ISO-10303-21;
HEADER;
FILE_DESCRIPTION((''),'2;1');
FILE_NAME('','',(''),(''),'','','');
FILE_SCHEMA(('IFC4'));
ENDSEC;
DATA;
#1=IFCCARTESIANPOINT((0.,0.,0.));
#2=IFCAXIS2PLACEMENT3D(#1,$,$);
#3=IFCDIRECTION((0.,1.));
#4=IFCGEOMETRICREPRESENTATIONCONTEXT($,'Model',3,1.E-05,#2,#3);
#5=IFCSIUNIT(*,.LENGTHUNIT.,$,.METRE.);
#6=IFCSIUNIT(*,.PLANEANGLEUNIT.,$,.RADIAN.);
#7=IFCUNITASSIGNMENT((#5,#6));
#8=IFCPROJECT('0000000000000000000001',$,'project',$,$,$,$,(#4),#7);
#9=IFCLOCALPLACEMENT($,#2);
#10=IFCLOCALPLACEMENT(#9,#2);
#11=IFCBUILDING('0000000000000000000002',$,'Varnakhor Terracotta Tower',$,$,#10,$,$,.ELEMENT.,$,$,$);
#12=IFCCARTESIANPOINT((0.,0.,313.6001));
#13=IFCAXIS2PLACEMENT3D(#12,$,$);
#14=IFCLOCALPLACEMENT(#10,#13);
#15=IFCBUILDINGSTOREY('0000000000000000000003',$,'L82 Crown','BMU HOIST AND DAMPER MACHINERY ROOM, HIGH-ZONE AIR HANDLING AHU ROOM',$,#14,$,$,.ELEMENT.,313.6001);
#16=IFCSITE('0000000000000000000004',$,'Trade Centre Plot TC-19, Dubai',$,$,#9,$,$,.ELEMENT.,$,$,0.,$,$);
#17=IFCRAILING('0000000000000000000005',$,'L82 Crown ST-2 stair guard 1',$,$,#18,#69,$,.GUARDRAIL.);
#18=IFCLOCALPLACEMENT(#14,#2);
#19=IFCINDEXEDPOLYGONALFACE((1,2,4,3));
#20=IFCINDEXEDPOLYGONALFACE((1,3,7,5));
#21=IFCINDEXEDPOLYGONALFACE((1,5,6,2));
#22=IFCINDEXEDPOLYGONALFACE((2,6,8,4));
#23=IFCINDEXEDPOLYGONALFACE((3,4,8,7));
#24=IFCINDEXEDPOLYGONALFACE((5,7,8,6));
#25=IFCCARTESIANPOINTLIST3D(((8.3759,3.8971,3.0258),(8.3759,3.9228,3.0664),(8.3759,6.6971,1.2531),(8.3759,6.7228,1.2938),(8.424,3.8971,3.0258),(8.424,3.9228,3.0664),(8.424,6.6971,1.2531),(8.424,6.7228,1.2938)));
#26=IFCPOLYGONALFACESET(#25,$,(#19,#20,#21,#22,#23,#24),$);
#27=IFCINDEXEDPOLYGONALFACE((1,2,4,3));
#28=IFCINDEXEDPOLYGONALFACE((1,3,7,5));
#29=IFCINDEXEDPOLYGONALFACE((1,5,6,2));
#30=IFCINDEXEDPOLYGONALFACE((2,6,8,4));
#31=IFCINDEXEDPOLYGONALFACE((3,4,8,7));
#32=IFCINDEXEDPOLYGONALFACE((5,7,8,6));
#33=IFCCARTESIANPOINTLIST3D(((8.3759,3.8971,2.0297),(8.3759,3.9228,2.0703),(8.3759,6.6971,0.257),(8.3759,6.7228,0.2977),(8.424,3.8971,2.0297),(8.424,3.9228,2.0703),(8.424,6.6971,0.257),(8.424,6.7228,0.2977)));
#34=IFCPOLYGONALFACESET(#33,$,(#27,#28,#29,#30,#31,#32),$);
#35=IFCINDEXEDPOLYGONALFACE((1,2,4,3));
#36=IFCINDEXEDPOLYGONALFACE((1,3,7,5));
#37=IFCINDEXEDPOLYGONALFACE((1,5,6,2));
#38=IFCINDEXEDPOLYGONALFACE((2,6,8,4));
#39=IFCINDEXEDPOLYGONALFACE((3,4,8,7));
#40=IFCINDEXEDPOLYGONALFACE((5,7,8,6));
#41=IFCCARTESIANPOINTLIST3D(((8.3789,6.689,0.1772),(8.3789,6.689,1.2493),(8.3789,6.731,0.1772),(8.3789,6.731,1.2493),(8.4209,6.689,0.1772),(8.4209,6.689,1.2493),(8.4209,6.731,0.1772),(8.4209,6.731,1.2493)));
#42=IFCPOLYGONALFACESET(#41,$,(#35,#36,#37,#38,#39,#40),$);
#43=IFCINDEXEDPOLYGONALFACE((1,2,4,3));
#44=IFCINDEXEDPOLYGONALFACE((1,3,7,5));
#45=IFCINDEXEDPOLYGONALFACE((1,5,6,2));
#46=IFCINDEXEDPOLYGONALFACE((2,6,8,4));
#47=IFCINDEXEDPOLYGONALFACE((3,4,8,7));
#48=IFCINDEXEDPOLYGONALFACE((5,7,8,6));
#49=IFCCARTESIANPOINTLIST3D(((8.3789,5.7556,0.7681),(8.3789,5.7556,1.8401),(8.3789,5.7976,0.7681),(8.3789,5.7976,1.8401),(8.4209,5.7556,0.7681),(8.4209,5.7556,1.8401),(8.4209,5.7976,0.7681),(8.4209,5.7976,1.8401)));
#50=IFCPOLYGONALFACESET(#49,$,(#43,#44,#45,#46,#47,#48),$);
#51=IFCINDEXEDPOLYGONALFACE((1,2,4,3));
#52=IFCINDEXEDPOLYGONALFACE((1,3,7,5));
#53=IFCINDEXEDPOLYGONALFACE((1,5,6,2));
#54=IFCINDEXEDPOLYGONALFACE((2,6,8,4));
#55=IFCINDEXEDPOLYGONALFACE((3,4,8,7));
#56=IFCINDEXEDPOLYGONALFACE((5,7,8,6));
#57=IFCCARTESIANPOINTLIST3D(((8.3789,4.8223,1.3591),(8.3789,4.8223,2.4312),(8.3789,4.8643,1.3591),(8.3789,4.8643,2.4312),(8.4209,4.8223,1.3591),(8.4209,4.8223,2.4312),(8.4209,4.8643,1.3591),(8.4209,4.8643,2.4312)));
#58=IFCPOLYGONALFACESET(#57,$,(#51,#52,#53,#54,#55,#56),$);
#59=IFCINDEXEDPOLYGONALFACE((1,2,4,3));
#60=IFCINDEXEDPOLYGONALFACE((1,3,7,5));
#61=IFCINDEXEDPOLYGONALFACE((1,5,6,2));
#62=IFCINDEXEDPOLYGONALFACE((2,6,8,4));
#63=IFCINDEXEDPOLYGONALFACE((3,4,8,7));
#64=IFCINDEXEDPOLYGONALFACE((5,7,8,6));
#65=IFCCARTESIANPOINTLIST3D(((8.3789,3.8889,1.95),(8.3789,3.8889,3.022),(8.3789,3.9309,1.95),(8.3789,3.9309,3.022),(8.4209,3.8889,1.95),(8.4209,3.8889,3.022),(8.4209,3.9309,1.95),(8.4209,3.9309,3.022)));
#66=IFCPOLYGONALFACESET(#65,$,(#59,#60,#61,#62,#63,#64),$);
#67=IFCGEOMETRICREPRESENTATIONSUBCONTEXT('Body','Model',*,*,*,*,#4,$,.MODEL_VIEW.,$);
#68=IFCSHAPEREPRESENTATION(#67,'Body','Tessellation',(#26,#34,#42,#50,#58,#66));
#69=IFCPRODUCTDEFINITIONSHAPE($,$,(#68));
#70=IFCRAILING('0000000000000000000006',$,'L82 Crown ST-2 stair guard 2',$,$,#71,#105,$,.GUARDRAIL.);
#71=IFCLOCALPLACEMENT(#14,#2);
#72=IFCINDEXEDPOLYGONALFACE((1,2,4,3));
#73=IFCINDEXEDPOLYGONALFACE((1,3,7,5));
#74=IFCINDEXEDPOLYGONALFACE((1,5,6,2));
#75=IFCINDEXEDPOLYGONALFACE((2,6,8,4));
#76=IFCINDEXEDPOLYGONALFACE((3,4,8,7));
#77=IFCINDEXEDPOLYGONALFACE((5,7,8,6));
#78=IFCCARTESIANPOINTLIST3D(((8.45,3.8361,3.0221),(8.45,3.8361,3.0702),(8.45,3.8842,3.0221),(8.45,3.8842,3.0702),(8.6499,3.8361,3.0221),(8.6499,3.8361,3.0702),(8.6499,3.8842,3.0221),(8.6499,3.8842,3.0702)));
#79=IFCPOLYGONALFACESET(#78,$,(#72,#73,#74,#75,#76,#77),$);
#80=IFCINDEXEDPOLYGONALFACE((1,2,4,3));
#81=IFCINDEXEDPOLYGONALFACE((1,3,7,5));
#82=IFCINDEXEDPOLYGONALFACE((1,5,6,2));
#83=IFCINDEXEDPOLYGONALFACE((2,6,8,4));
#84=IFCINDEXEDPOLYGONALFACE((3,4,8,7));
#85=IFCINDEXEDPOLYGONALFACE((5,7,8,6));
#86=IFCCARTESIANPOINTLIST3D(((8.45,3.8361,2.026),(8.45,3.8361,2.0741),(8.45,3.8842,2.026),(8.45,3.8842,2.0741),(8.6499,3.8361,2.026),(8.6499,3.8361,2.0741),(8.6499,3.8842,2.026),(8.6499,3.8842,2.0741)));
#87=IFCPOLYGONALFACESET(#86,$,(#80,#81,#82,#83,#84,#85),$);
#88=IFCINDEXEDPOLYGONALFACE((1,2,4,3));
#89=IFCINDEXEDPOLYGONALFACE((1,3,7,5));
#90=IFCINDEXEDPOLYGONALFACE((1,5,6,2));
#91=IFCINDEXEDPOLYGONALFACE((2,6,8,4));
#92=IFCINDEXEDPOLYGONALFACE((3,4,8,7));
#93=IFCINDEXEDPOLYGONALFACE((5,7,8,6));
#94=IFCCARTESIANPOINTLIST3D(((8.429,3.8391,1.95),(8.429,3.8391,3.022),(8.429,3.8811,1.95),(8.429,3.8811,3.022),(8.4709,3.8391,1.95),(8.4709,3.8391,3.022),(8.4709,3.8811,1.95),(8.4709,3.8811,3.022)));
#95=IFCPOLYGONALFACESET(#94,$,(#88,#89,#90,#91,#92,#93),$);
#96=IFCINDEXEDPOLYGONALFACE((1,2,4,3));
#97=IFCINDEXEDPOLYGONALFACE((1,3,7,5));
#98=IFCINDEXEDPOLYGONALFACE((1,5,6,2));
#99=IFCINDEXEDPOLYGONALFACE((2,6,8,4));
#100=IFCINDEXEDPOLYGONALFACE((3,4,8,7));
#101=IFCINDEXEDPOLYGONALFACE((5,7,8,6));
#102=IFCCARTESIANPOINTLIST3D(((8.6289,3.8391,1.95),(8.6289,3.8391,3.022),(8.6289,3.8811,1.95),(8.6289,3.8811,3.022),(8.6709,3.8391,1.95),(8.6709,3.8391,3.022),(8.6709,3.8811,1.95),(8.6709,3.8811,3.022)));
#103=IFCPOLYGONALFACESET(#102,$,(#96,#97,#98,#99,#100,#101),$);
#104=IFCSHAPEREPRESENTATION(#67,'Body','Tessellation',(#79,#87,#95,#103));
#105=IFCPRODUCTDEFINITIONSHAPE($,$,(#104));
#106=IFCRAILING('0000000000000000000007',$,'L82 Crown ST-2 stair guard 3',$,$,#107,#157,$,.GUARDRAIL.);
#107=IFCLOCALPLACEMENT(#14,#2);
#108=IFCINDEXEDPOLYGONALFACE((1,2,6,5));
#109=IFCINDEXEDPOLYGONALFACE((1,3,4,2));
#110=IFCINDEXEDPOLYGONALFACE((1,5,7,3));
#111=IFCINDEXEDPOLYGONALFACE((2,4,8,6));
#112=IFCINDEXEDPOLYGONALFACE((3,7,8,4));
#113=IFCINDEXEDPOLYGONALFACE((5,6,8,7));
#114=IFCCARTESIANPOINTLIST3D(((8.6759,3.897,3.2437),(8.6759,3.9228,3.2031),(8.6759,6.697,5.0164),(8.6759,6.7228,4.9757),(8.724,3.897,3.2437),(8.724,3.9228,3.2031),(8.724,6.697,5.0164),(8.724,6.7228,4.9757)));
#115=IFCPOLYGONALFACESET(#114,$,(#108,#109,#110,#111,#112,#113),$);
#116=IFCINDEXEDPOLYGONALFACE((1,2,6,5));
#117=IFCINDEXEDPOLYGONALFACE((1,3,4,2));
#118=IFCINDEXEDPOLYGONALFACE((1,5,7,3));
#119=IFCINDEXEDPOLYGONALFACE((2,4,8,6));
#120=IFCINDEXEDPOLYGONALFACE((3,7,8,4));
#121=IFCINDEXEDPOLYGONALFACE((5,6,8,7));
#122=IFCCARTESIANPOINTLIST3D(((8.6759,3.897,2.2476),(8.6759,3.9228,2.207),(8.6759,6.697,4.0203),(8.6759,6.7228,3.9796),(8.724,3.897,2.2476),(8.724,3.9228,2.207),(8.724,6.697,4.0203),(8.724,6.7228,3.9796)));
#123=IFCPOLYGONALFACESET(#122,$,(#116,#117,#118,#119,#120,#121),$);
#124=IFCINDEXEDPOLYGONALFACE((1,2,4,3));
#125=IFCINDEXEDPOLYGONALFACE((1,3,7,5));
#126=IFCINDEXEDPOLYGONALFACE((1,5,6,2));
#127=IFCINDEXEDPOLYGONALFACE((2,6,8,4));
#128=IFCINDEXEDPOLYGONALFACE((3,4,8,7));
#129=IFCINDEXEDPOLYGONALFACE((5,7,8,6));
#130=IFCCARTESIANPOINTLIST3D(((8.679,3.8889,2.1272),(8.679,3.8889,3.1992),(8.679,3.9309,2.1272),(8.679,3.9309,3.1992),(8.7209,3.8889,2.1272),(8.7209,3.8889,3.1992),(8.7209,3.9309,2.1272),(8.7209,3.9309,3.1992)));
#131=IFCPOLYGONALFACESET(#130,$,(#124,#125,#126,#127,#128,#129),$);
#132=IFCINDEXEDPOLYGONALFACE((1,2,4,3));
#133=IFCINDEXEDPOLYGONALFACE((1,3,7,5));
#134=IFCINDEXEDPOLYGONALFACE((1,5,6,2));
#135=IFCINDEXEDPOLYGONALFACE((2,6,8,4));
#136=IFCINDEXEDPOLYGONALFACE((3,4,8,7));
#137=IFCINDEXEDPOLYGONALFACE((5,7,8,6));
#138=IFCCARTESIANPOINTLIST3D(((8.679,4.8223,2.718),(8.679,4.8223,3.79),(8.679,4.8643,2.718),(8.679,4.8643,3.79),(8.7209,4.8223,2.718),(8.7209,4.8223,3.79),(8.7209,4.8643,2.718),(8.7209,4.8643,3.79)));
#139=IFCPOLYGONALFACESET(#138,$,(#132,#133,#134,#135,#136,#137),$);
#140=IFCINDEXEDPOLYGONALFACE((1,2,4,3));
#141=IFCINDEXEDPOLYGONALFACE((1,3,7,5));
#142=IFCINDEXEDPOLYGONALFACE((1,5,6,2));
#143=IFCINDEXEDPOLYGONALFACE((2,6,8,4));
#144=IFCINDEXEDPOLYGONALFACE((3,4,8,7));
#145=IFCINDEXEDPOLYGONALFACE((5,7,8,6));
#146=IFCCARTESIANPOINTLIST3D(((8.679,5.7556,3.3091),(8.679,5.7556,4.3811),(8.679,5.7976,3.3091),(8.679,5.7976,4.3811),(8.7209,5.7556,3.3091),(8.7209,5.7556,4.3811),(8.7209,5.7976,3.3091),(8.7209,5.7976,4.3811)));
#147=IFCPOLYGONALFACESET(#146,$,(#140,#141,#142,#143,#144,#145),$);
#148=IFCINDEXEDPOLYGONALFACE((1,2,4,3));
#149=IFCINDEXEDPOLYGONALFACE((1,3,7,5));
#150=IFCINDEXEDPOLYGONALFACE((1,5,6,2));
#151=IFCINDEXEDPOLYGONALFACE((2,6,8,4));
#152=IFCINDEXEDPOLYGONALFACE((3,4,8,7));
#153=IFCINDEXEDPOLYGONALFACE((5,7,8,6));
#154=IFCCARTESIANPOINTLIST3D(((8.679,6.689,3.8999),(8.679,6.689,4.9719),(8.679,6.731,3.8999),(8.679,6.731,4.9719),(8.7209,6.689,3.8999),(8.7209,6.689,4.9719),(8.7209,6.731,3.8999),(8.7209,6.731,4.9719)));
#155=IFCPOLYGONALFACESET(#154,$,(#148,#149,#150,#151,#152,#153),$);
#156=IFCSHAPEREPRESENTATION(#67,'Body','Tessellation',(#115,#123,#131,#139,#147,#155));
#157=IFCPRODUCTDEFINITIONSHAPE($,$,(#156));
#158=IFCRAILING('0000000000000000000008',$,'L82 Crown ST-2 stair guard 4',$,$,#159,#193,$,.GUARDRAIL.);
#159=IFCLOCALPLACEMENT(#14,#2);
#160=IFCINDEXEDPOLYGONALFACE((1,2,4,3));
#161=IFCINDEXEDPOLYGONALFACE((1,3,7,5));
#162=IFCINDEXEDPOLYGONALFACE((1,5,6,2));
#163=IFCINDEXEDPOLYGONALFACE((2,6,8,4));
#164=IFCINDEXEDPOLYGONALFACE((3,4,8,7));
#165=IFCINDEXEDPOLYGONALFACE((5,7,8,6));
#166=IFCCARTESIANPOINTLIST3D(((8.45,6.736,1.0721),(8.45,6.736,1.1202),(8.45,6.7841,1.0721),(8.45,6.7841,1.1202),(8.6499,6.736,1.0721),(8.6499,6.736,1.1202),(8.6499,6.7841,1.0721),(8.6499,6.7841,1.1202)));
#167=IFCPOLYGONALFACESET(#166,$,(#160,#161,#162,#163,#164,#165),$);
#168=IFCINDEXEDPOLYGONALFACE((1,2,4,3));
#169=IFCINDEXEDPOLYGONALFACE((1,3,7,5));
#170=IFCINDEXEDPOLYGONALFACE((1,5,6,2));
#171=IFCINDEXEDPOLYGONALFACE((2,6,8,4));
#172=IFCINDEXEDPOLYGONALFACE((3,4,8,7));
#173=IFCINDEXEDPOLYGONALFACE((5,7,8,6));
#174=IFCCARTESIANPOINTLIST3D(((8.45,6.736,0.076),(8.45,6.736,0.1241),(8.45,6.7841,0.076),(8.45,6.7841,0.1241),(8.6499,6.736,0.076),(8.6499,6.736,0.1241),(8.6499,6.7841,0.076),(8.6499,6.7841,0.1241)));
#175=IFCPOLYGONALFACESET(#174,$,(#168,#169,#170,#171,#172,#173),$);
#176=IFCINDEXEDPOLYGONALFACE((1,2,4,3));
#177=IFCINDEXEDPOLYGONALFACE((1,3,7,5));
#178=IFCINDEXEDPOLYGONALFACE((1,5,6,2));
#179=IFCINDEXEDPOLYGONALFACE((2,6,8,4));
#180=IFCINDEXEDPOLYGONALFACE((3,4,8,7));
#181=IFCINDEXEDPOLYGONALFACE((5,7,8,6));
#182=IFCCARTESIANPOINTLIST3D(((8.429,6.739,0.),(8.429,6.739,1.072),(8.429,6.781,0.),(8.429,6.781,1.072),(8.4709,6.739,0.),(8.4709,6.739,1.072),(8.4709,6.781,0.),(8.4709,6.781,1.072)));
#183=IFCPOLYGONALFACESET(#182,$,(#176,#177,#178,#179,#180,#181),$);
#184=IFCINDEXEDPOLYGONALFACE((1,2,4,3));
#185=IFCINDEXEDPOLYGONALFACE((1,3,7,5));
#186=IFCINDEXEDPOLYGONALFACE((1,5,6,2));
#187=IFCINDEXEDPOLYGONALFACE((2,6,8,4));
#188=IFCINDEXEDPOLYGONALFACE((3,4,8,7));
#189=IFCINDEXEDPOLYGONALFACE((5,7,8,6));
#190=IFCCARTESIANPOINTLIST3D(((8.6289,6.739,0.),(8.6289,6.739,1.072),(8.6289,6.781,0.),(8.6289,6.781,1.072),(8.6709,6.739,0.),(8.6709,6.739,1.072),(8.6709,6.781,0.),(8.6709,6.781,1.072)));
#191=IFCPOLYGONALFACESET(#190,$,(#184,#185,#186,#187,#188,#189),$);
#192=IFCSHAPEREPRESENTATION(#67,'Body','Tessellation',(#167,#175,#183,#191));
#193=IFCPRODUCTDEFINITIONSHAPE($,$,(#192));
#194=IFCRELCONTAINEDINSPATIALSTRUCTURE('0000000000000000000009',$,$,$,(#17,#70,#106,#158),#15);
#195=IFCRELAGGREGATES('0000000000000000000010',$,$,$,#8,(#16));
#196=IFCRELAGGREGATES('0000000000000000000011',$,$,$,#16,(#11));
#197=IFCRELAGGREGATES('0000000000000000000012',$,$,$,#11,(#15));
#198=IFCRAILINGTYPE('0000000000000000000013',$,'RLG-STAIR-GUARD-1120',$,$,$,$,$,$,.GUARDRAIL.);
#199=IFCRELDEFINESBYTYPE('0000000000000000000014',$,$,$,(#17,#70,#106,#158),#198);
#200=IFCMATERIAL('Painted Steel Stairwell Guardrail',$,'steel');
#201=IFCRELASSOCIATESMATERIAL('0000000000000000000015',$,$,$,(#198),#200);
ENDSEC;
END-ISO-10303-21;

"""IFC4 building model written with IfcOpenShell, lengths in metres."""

from ifc_helpers import new_model, si_unit, direction, frame, origin, origin_2d, place, context, subcontext, project, spatial, rectangle, extrude, material, type_object, element, save


model = new_model("IFC4")

# Units and contexts
model_context = context("Model", 3, precision=1e-05, world=origin(), true_north=direction((0.0, 1.0)))
body_context = subcontext(model_context, "Body", "Model", "MODEL_VIEW")
ifc_project = project(units=[si_unit("LENGTHUNIT", "METRE"), si_unit("PLANEANGLEUNIT", "RADIAN")], contexts=[model_context])

# Site, building, storey
site_placement = place(None, origin())
site = spatial("IfcSite", under=ifc_project, at=site_placement, Name="Trade Centre Plot TC-19, Dubai", CompositionType="ELEMENT", RefElevation=0.0)
building_placement = place(site_placement, origin())
building = spatial("IfcBuilding", under=site, at=building_placement, Name="Varnakhor Terracotta Tower", CompositionType="ELEMENT")
storey_placement = place(building_placement, frame((0.0, 0.0, 313.6001)))
storey = spatial("IfcBuildingStorey", under=building, at=storey_placement, Name="L82 Crown", Description="BMU HOIST AND DAMPER MACHINERY ROOM, HIGH-ZONE AIR HANDLING AHU ROOM", CompositionType="ELEMENT", Elevation=313.6001)

# Railings
ifc_material_1 = material(Name="Painted Steel Stairwell Guardrail", Category="steel")
railing_type_1 = type_object("IfcRailingType", Name="RLG-STAIR-GUARD-1120", PredefinedType="GUARDRAIL", material=ifc_material_1)
railing_1_placement = place(storey_placement, frame((8.3999, 6.71, 0.1772)))
element("IfcRailing", 1, at=railing_1_placement, inside=storey, type_object=railing_type_1, Name="L82 Crown ST-2 stair guard 1", PredefinedType="GUARDRAIL", context=body_context, shape_type="SweptSolid", body=[
    extrude(rectangle(XDim=0.0481, YDim=0.0481, at=origin_2d()), frame((0.0, 0.0, 1.0962), z_axis=(0.0, -0.844909, 0.53491), x_axis=(1.0, 0.0, 0.0)), (0.0, 0.0, 1.0), 3.314),
    extrude(rectangle(XDim=0.0481, YDim=0.0481, at=origin_2d()), frame((0.0, 0.0, 0.1001), z_axis=(0.0, -0.844909, 0.53491), x_axis=(1.0, 0.0, 0.0)), (0.0, 0.0, 1.0), 3.314),
    extrude(rectangle(XDim=0.042, YDim=0.042, at=origin_2d()), origin(), (0.0, 0.0, 1.0), 1.072),
    extrude(rectangle(XDim=0.042, YDim=0.042, at=origin_2d()), frame((0.0, -0.9333, 0.5908)), (0.0, 0.0, 1.0), 1.072),
    extrude(rectangle(XDim=0.042, YDim=0.042, at=origin_2d()), frame((0.0, -1.8667, 1.1819)), (0.0, 0.0, 1.0), 1.072),
    extrude(rectangle(XDim=0.042, YDim=0.042, at=origin_2d()), frame((0.0, -2.8, 1.7727)), (0.0, 0.0, 1.0), 1.072),
])
railing_2_placement = place(storey_placement, frame((8.45, 3.8601, 1.95)))
element("IfcRailing", 2, at=railing_2_placement, inside=storey, type_object=railing_type_1, Name="L82 Crown ST-2 stair guard 2", PredefinedType="GUARDRAIL", context=body_context, shape_type="SweptSolid", body=[
    extrude(rectangle(XDim=0.0481, YDim=0.0481, at=origin_2d()), frame((0.0, 0.0, 1.0962), z_axis=(1.0, 0.0, 0.0), x_axis=(0.0, 1.0, 0.0)), (0.0, 0.0, 1.0), 0.2),
    extrude(rectangle(XDim=0.0481, YDim=0.0481, at=origin_2d()), frame((0.0, 0.0, 0.1001), z_axis=(1.0, 0.0, 0.0), x_axis=(0.0, 1.0, 0.0)), (0.0, 0.0, 1.0), 0.2),
    extrude(rectangle(XDim=0.042, YDim=0.042, at=origin_2d()), origin(), (0.0, 0.0, 1.0), 1.072),
    extrude(rectangle(XDim=0.042, YDim=0.042, at=origin_2d()), frame((0.2, 0.0, 0.0)), (0.0, 0.0, 1.0), 1.072),
])
railing_3_placement = place(storey_placement, frame((8.7, 3.9099, 2.1272)))
element("IfcRailing", 3, at=railing_3_placement, inside=storey, type_object=railing_type_1, Name="L82 Crown ST-2 stair guard 3", PredefinedType="GUARDRAIL", context=body_context, shape_type="SweptSolid", body=[
    extrude(rectangle(XDim=0.0481, YDim=0.0481, at=origin_2d()), frame((0.0, 0.0, 1.0962), z_axis=(0.0, 0.844909, 0.53491), x_axis=(-1.0, 0.0, 0.0)), (0.0, 0.0, 1.0), 3.314),
    extrude(rectangle(XDim=0.0481, YDim=0.0481, at=origin_2d()), frame((0.0, 0.0, 0.1001), z_axis=(0.0, 0.844909, 0.53491), x_axis=(-1.0, 0.0, 0.0)), (0.0, 0.0, 1.0), 3.314),
    extrude(rectangle(XDim=0.042, YDim=0.042, at=origin_2d()), origin(), (0.0, 0.0, 1.0), 1.072),
    extrude(rectangle(XDim=0.042, YDim=0.042, at=origin_2d()), frame((0.0, 0.9333, 0.5908)), (0.0, 0.0, 1.0), 1.072),
    extrude(rectangle(XDim=0.042, YDim=0.042, at=origin_2d()), frame((0.0, 1.8667, 1.1819)), (0.0, 0.0, 1.0), 1.072),
    extrude(rectangle(XDim=0.042, YDim=0.042, at=origin_2d()), frame((0.0, 2.8, 1.7727)), (0.0, 0.0, 1.0), 1.072),
])
railing_4_placement = place(storey_placement, frame((8.45, 6.76, 0.0)))
element("IfcRailing", 4, at=railing_4_placement, inside=storey, type_object=railing_type_1, Name="L82 Crown ST-2 stair guard 4", PredefinedType="GUARDRAIL", context=body_context, shape_type="SweptSolid", body=[
    extrude(rectangle(XDim=0.0481, YDim=0.0481, at=origin_2d()), frame((0.0, 0.0, 1.0962), z_axis=(1.0, 0.0, 0.0), x_axis=(0.0, 1.0, 0.0)), (0.0, 0.0, 1.0), 0.2),
    extrude(rectangle(XDim=0.0481, YDim=0.0481, at=origin_2d()), frame((0.0, 0.0, 0.1001), z_axis=(1.0, 0.0, 0.0), x_axis=(0.0, 1.0, 0.0)), (0.0, 0.0, 1.0), 0.2),
    extrude(rectangle(XDim=0.042, YDim=0.042, at=origin_2d()), origin(), (0.0, 0.0, 1.0), 1.072),
    extrude(rectangle(XDim=0.042, YDim=0.042, at=origin_2d()), frame((0.2, 0.0, 0.0)), (0.0, 0.0, 1.0), 1.072),
])

save(model, "model.ifc")
